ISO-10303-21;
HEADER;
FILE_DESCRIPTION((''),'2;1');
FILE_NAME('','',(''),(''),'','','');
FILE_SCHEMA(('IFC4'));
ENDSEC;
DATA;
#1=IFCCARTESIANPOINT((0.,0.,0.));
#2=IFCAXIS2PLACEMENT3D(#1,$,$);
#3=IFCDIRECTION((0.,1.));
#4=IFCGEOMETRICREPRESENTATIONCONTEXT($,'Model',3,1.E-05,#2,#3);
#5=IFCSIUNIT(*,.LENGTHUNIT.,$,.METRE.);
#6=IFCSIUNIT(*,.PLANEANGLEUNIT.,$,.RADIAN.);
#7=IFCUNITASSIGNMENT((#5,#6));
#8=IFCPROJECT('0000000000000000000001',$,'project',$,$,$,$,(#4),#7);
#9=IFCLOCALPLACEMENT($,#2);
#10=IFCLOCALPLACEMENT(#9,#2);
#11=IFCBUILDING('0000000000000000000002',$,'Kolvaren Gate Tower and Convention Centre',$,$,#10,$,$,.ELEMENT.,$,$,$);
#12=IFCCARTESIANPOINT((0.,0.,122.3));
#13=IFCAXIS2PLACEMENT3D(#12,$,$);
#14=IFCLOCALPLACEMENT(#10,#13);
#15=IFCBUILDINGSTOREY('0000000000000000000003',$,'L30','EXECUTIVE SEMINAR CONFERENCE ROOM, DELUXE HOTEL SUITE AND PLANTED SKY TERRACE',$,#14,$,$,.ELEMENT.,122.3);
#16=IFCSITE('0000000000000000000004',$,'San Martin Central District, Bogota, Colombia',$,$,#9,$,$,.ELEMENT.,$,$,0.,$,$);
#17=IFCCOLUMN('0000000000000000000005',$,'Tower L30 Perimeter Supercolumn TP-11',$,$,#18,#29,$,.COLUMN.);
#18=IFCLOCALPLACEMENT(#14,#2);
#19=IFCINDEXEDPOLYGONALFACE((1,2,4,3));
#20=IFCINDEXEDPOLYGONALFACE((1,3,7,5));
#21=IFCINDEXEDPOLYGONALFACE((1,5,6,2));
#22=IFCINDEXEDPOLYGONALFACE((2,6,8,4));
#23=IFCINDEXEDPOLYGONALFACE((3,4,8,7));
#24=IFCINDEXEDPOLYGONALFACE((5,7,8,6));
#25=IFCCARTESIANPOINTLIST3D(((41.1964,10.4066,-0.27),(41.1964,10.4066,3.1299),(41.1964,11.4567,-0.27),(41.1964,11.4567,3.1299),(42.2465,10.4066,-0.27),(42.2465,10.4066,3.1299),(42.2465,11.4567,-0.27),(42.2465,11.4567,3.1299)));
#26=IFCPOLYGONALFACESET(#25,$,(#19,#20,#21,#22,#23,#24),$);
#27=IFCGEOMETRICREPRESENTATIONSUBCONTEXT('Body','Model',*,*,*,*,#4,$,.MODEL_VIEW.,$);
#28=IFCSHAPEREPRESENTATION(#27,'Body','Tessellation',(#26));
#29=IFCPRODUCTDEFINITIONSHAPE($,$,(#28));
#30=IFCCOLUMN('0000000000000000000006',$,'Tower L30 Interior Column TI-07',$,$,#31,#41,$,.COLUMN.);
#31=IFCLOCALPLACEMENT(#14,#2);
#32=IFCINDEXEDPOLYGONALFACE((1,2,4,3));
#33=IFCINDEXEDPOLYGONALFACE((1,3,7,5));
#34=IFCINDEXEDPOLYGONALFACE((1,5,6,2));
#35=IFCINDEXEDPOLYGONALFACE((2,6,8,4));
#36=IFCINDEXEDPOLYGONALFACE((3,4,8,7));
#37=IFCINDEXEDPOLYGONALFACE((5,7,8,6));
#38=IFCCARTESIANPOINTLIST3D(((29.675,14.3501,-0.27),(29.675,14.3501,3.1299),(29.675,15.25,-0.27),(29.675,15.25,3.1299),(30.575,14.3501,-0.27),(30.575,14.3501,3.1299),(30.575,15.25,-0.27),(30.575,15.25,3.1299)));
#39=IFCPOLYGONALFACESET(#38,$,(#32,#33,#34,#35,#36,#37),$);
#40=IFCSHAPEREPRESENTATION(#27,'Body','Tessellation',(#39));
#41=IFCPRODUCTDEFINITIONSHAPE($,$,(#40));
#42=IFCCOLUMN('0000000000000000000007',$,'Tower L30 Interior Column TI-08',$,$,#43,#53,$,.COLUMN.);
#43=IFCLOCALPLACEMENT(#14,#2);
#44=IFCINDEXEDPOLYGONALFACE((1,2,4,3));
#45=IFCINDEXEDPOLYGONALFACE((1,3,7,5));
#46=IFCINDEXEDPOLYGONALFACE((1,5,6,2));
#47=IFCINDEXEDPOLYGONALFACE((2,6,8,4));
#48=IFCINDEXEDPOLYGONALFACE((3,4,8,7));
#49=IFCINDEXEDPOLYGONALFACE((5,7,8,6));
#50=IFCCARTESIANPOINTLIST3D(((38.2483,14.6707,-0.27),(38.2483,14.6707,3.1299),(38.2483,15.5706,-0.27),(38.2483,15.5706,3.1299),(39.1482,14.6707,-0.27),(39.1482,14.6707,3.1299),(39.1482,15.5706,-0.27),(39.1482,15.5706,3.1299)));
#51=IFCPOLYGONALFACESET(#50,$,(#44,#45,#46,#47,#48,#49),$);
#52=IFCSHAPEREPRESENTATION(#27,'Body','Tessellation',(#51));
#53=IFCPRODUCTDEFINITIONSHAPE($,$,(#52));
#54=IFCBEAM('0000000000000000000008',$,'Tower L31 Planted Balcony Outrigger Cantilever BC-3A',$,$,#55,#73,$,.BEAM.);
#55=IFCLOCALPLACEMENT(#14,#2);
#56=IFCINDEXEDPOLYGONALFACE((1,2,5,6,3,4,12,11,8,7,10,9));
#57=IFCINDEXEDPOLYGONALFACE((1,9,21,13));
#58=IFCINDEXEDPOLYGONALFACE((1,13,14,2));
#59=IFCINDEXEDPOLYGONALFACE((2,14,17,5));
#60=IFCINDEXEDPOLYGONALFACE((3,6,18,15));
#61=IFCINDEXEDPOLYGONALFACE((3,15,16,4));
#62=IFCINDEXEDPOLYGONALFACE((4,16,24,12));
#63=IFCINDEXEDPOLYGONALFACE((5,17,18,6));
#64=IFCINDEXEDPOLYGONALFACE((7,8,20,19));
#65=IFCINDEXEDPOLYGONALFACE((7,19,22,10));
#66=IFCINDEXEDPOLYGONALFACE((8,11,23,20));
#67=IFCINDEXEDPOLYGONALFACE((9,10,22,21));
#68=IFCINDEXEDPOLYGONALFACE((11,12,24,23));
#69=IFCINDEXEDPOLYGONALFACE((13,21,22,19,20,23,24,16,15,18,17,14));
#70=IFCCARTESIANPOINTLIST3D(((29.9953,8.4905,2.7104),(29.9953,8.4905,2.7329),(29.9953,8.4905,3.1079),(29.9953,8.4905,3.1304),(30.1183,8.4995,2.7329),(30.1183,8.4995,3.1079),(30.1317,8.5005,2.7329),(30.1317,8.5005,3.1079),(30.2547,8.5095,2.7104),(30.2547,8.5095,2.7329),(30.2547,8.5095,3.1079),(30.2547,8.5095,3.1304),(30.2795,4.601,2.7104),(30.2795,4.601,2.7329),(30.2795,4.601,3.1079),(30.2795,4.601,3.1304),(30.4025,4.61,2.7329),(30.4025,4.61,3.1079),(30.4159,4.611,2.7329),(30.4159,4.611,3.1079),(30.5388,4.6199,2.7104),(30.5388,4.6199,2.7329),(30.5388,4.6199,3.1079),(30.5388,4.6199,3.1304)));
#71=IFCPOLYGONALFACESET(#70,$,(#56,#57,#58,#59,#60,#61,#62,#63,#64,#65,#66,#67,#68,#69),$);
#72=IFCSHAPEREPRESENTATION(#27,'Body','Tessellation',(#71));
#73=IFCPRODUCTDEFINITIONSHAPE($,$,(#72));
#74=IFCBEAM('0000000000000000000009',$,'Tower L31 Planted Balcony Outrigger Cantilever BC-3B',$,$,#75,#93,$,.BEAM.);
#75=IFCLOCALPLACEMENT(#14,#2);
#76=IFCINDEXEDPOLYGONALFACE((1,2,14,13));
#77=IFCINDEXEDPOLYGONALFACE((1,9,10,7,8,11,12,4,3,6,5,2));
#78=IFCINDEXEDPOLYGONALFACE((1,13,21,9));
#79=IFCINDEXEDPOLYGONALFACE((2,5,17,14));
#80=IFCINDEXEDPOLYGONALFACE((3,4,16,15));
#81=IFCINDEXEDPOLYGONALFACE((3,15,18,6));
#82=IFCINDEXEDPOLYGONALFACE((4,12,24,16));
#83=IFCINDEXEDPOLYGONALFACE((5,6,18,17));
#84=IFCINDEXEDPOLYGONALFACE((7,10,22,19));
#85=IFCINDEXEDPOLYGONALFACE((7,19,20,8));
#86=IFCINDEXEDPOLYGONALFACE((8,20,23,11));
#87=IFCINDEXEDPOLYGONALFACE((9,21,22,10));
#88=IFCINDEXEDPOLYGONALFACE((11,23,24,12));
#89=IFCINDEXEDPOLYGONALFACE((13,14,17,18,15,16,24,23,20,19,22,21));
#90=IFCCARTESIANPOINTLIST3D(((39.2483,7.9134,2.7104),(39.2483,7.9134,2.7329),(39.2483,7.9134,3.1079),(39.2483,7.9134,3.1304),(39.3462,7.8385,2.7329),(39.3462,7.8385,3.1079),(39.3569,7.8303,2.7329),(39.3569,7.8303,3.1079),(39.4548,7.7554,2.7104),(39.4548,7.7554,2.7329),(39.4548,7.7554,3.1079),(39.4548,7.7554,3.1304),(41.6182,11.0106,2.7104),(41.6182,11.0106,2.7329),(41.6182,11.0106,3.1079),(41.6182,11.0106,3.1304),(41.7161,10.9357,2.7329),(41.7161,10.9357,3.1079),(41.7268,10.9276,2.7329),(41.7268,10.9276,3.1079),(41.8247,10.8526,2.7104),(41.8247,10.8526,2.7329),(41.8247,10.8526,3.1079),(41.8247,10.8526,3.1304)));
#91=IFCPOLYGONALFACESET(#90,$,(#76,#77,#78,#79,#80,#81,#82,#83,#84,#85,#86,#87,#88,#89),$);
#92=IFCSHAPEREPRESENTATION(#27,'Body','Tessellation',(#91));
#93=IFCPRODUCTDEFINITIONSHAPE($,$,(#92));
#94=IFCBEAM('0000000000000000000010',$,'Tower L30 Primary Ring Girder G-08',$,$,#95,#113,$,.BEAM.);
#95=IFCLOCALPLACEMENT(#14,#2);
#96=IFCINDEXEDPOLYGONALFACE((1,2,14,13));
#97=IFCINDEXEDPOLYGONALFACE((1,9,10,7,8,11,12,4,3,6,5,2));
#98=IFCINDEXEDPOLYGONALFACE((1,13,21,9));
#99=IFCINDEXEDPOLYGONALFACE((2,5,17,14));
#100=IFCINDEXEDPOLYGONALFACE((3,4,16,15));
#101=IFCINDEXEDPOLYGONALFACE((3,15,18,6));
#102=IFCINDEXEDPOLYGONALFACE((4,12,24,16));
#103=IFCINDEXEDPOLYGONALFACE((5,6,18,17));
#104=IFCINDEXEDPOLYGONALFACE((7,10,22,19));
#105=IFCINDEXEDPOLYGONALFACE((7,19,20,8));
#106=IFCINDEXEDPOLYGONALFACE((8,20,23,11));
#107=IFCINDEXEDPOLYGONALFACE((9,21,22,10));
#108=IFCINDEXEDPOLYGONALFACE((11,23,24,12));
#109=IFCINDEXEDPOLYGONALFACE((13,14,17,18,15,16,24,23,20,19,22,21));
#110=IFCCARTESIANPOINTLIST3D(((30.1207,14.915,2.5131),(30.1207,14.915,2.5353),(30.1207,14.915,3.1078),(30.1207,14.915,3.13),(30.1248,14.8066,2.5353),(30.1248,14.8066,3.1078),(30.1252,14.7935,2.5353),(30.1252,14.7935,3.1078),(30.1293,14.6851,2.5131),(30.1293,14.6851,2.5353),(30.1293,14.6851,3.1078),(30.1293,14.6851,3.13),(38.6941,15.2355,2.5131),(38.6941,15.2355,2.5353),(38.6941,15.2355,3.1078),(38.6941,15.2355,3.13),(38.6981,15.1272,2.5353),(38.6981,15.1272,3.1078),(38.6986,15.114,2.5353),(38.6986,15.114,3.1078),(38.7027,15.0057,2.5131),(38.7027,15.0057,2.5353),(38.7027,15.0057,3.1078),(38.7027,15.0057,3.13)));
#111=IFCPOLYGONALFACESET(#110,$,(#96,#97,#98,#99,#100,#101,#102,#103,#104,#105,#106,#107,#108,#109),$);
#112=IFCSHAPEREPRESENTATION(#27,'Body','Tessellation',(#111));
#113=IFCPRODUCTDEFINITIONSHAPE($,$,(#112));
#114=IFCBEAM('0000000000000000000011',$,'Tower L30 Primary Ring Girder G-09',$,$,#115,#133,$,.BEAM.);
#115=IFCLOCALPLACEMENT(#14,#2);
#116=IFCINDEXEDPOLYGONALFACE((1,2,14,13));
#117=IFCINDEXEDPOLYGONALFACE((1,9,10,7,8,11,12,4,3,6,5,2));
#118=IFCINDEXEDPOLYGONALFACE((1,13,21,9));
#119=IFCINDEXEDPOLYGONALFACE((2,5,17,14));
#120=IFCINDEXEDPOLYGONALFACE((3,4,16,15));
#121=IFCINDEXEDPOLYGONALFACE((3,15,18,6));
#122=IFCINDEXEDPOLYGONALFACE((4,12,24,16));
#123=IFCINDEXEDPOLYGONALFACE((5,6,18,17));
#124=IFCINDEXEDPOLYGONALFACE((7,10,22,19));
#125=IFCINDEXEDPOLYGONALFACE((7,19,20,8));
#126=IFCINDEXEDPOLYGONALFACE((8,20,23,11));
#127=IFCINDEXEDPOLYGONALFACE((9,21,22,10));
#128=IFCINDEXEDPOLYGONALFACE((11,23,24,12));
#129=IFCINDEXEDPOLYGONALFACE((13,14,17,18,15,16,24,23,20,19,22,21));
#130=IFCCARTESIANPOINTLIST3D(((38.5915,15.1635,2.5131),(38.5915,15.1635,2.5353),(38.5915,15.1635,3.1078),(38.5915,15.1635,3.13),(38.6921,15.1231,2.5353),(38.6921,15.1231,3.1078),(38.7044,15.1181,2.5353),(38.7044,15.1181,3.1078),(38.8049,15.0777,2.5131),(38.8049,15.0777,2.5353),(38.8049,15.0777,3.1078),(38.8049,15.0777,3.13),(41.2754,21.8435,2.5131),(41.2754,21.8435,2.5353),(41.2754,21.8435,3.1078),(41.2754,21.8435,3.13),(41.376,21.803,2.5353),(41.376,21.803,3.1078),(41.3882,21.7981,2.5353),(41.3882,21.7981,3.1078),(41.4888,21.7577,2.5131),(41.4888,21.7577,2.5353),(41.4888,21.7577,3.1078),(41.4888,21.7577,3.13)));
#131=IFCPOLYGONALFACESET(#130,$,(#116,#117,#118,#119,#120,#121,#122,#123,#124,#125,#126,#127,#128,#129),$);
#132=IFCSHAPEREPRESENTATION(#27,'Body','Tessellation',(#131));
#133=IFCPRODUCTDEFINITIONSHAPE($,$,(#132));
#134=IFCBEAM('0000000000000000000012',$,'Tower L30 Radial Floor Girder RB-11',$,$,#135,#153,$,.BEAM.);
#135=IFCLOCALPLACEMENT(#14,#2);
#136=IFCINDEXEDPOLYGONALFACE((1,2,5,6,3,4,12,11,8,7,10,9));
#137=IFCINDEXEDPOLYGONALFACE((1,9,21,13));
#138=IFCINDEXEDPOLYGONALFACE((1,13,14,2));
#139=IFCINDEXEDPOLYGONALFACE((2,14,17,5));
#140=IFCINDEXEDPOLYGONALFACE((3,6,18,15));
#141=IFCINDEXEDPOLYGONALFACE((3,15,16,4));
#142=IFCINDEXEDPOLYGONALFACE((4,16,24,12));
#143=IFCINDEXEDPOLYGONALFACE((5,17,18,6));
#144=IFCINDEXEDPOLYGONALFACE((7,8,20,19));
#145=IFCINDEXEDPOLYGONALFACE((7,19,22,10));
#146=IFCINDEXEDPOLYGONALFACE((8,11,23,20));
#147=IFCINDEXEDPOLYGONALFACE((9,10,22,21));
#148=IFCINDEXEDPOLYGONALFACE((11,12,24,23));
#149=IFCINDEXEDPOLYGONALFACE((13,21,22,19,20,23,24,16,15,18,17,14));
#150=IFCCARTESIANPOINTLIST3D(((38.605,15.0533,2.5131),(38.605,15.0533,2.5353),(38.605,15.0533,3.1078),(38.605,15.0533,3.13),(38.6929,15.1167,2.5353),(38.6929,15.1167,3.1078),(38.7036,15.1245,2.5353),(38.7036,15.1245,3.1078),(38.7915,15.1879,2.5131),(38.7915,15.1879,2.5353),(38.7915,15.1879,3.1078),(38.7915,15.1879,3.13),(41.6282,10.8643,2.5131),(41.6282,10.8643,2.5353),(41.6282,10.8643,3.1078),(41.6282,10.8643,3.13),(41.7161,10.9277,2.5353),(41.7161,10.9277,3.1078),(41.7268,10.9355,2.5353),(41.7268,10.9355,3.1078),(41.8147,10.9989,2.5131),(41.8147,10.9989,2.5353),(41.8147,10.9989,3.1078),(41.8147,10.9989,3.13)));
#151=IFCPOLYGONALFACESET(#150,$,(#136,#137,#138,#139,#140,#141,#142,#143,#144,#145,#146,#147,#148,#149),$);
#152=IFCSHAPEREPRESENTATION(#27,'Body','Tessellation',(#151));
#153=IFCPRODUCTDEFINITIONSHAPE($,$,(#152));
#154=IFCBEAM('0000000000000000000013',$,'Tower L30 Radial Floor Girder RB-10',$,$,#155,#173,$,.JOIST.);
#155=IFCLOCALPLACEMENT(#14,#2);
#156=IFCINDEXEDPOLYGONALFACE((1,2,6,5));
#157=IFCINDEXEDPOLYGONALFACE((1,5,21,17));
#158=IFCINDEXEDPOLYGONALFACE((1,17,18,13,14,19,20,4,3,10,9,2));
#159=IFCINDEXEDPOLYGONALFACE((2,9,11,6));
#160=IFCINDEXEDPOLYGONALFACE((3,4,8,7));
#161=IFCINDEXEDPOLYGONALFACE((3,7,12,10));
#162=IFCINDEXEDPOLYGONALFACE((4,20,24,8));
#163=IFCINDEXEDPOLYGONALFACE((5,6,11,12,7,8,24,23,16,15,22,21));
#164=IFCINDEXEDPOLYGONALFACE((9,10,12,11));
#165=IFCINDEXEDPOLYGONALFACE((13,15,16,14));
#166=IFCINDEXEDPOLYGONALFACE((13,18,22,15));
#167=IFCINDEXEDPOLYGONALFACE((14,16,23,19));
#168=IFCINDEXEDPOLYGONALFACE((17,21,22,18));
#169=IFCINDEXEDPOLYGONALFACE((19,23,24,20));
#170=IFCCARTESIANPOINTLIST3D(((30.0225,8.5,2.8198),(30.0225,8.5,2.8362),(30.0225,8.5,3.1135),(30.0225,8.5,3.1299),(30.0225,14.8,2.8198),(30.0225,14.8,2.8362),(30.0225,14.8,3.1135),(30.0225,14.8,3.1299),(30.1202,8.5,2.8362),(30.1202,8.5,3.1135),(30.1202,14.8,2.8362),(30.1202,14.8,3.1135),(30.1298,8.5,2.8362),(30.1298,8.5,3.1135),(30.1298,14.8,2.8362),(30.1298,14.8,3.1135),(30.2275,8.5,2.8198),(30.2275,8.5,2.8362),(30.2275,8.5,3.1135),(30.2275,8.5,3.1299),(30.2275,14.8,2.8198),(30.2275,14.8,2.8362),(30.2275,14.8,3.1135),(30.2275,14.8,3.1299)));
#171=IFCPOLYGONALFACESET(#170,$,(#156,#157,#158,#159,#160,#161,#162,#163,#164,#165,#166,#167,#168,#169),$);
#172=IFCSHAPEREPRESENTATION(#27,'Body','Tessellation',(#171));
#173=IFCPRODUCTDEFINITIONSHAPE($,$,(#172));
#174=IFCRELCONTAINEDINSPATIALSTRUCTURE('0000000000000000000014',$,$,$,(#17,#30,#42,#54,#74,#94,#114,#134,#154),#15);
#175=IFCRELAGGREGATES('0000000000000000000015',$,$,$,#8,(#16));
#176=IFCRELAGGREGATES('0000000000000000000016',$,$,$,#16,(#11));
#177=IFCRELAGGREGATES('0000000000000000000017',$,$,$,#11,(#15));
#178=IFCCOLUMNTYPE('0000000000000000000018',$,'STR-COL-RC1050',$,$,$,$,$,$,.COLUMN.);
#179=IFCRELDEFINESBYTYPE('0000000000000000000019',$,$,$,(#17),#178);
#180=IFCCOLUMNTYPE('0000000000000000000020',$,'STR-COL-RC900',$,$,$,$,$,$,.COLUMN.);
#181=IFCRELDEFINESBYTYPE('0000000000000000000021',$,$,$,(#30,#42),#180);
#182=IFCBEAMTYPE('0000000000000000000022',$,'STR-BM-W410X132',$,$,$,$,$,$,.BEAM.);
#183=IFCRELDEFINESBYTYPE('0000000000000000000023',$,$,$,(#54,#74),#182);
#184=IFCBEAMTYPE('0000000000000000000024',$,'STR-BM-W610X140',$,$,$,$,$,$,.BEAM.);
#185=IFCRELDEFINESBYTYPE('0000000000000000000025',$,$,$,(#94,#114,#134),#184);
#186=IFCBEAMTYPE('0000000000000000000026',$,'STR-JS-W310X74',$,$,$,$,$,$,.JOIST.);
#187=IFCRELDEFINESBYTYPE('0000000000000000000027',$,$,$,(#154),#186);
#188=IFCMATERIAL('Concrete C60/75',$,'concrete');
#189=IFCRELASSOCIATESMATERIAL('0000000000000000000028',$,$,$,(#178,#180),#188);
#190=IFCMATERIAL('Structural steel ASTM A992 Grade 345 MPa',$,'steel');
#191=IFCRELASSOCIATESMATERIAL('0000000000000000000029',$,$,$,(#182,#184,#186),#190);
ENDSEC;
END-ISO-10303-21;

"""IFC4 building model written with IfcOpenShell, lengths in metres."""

from ifc_helpers import new_model, si_unit, direction, frame, origin, origin_2d, place, context, subcontext, project, spatial, rectangle, i_section, extrude, material, material_profile, profile_set, type_object, element, save


model = new_model("IFC4")

# Units and contexts
model_context = context("Model", 3, precision=1e-05, world=origin(), true_north=direction((0.0, 1.0)))
body_context = subcontext(model_context, "Body", "Model", "MODEL_VIEW")
ifc_project = project(units=[si_unit("LENGTHUNIT", "METRE"), si_unit("PLANEANGLEUNIT", "RADIAN")], contexts=[model_context])

# Site, building, storey
site_placement = place(None, origin())
site = spatial("IfcSite", under=ifc_project, at=site_placement, Name="San Martin Central District, Bogota, Colombia", CompositionType="ELEMENT", RefElevation=0.0)
building_placement = place(site_placement, origin())
building = spatial("IfcBuilding", under=site, at=building_placement, Name="Kolvaren Gate Tower and Convention Centre", CompositionType="ELEMENT")
storey_placement = place(building_placement, frame((0.0, 0.0, 122.3)))
storey = spatial("IfcBuildingStorey", under=building, at=storey_placement, Name="L30", Description="EXECUTIVE SEMINAR CONFERENCE ROOM, DELUXE HOTEL SUITE AND PLANTED SKY TERRACE", CompositionType="ELEMENT", Elevation=122.3)

# Columns
ifc_material_1 = material(Name="Concrete C60/75", Category="concrete")
ifc_material_profile_1 = material_profile(ifc_material_1, rectangle(XDim=1.05, YDim=1.05, at=origin_2d()), Name="RC-COL-1050X1050")
ifc_profile_set_1 = profile_set([ifc_material_profile_1], Name="Concrete C60/75")
column_type_1 = type_object("IfcColumnType", Name="STR-COL-RC1050", PredefinedType="COLUMN", material=ifc_profile_set_1)
column_placement = place(storey_placement, frame((41.7214, 10.9316, -0.27), z_axis=(0.0, 0.0, 1.0), x_axis=(1.0, 0.0, 0.0)))
element("IfcColumn", 1, at=column_placement, inside=storey, type_object=column_type_1, Name="Tower L30 Perimeter Supercolumn TP-11", PredefinedType="COLUMN", context=body_context, shape_type="SweptSolid", body=[
    extrude(rectangle(XDim=1.05, YDim=1.05, at=origin_2d()), origin(), (0.0, 0.0, 1.0), 3.3999),
])
ifc_material_profile_2 = material_profile(ifc_material_1, rectangle(XDim=0.8999, YDim=0.8999, at=origin_2d()), Name="RC-COL-900X900")
ifc_profile_set_2 = profile_set([ifc_material_profile_2], Name="Concrete C60/75")
column_type_2 = type_object("IfcColumnType", Name="STR-COL-RC900", PredefinedType="COLUMN", material=ifc_profile_set_2)
for number, where, z_axis, x_axis, name in (
    (2, (30.125, 14.8, -0.27), (0.0, 0.0, 1.0), (1.0, 0.0, 0.0), "Tower L30 Interior Column TI-07"),
    (3, (38.6982, 15.1206, -0.27), (0.0, 0.0, 1.0), (1.0, 0.0, 0.0), "Tower L30 Interior Column TI-08"),
):
    element("IfcColumn", number, at=place(storey_placement, frame(where, z_axis=z_axis, x_axis=x_axis)), inside=storey, type_object=column_type_2, Name=name, PredefinedType="COLUMN", context=body_context, shape_type="SweptSolid", body=[
        extrude(rectangle(XDim=0.8999, YDim=0.8999, at=origin_2d()), origin(), (0.0, 0.0, 1.0), 3.3999),
    ])

# Beams
ifc_material_2 = material(Name="Structural steel ASTM A992 Grade 345 MPa", Category="steel")
ifc_material_profile_3 = material_profile(ifc_material_2, i_section(OverallWidth=0.26, OverallDepth=0.4199, WebThickness=0.0134, FlangeThickness=0.0225, at=origin_2d()), Name="W410X132")
ifc_profile_set_3 = profile_set([ifc_material_profile_3], Name="Structural steel ASTM A992 Grade 345 MPa")
beam_type_1 = type_object("IfcBeamType", Name="STR-BM-W410X132", PredefinedType="BEAM", material=ifc_profile_set_3)
for number, where, z_axis, x_axis, name in (
    (4, (30.125, 8.5, 2.9204), (0.072866, -0.997342, 0.0), (0.997342, 0.072866, 0.0), "Tower L31 Planted Balcony Outrigger Cantilever BC-3A"),
    (5, (41.7214, 10.9316, 2.9204), (-0.607685, -0.794178, 0.0), (0.794178, -0.607685, 0.0), "Tower L31 Planted Balcony Outrigger Cantilever BC-3B"),
):
    element("IfcBeam", number, at=place(storey_placement, frame(where, z_axis=z_axis, x_axis=x_axis)), inside=storey, type_object=beam_type_1, Name=name, PredefinedType="BEAM", context=body_context, shape_type="SweptSolid", body=[
        extrude(i_section(OverallWidth=0.26, OverallDepth=0.4199, WebThickness=0.0134, FlangeThickness=0.0225, at=origin_2d()), origin(), (0.0, 0.0, 1.0), 3.8999),
    ])
ifc_material_profile_4 = material_profile(ifc_material_2, i_section(OverallWidth=0.23, OverallDepth=0.6169, WebThickness=0.0132, FlangeThickness=0.0222, at=origin_2d()), Name="W610X140")
ifc_profile_set_4 = profile_set([ifc_material_profile_4], Name="Structural steel ASTM A992 Grade 345 MPa")
beam_type_2 = type_object("IfcBeamType", Name="STR-BM-W610X140", PredefinedType="BEAM", material=ifc_profile_set_4)
beam_1_placement = place(storey_placement, frame((30.125, 14.8, 2.8215), z_axis=(0.999302, 0.037364, 0.0), x_axis=(-0.037364, 0.999302, 0.0)))
element("IfcBeam", 6, at=beam_1_placement, inside=storey, type_object=beam_type_2, Name="Tower L30 Primary Ring Girder G-08", PredefinedType="BEAM", context=body_context, shape_type="SweptSolid", body=[
    extrude(i_section(OverallWidth=0.23, OverallDepth=0.6169, WebThickness=0.0132, FlangeThickness=0.0222, at=origin_2d()), origin(), (0.0, 0.0, 1.0), 8.5793),
])
beam_2_placement = place(storey_placement, frame((38.6982, 15.1206, 2.8215), z_axis=(0.372811, 0.927907, 0.0), x_axis=(-0.927907, 0.372811, 0.0)))
element("IfcBeam", 7, at=beam_2_placement, inside=storey, type_object=beam_type_2, Name="Tower L30 Primary Ring Girder G-09", PredefinedType="BEAM", context=body_context, shape_type="SweptSolid", body=[
    extrude(i_section(OverallWidth=0.23, OverallDepth=0.6169, WebThickness=0.0132, FlangeThickness=0.0222, at=origin_2d()), origin(), (0.0, 0.0, 1.0), 7.199),
])
beam_3_placement = place(storey_placement, frame((38.6982, 15.1206, 2.8215), z_axis=(0.585214, -0.810879, 0.0), x_axis=(0.810879, 0.585214, 0.0)))
element("IfcBeam", 8, at=beam_3_placement, inside=storey, type_object=beam_type_2, Name="Tower L30 Radial Floor Girder RB-11", PredefinedType="BEAM", context=body_context, shape_type="SweptSolid", body=[
    extrude(i_section(OverallWidth=0.23, OverallDepth=0.6169, WebThickness=0.0132, FlangeThickness=0.0222, at=origin_2d()), origin(), (0.0, 0.0, 1.0), 5.166),
])
ifc_material_profile_5 = material_profile(ifc_material_2, i_section(OverallWidth=0.2051, OverallDepth=0.3101, WebThickness=0.0095, FlangeThickness=0.0164, at=origin_2d()), Name="W310X74")
ifc_profile_set_5 = profile_set([ifc_material_profile_5], Name="Structural steel ASTM A992 Grade 345 MPa")
beam_type_3 = type_object("IfcBeamType", Name="STR-JS-W310X74", PredefinedType="JOIST", material=ifc_profile_set_5)
beam_4_placement = place(storey_placement, frame((30.125, 14.8, 2.9749), z_axis=(0.0, -1.0, 0.0), x_axis=(1.0, 0.0, 0.0)))
element("IfcBeam", 9, at=beam_4_placement, inside=storey, type_object=beam_type_3, Name="Tower L30 Radial Floor Girder RB-10", PredefinedType="JOIST", context=body_context, shape_type="SweptSolid", body=[
    extrude(i_section(OverallWidth=0.2051, OverallDepth=0.3101, WebThickness=0.0095, FlangeThickness=0.0164, at=origin_2d()), origin(), (0.0, 0.0, 1.0), 6.3),
])

save(model, "model.ifc")
